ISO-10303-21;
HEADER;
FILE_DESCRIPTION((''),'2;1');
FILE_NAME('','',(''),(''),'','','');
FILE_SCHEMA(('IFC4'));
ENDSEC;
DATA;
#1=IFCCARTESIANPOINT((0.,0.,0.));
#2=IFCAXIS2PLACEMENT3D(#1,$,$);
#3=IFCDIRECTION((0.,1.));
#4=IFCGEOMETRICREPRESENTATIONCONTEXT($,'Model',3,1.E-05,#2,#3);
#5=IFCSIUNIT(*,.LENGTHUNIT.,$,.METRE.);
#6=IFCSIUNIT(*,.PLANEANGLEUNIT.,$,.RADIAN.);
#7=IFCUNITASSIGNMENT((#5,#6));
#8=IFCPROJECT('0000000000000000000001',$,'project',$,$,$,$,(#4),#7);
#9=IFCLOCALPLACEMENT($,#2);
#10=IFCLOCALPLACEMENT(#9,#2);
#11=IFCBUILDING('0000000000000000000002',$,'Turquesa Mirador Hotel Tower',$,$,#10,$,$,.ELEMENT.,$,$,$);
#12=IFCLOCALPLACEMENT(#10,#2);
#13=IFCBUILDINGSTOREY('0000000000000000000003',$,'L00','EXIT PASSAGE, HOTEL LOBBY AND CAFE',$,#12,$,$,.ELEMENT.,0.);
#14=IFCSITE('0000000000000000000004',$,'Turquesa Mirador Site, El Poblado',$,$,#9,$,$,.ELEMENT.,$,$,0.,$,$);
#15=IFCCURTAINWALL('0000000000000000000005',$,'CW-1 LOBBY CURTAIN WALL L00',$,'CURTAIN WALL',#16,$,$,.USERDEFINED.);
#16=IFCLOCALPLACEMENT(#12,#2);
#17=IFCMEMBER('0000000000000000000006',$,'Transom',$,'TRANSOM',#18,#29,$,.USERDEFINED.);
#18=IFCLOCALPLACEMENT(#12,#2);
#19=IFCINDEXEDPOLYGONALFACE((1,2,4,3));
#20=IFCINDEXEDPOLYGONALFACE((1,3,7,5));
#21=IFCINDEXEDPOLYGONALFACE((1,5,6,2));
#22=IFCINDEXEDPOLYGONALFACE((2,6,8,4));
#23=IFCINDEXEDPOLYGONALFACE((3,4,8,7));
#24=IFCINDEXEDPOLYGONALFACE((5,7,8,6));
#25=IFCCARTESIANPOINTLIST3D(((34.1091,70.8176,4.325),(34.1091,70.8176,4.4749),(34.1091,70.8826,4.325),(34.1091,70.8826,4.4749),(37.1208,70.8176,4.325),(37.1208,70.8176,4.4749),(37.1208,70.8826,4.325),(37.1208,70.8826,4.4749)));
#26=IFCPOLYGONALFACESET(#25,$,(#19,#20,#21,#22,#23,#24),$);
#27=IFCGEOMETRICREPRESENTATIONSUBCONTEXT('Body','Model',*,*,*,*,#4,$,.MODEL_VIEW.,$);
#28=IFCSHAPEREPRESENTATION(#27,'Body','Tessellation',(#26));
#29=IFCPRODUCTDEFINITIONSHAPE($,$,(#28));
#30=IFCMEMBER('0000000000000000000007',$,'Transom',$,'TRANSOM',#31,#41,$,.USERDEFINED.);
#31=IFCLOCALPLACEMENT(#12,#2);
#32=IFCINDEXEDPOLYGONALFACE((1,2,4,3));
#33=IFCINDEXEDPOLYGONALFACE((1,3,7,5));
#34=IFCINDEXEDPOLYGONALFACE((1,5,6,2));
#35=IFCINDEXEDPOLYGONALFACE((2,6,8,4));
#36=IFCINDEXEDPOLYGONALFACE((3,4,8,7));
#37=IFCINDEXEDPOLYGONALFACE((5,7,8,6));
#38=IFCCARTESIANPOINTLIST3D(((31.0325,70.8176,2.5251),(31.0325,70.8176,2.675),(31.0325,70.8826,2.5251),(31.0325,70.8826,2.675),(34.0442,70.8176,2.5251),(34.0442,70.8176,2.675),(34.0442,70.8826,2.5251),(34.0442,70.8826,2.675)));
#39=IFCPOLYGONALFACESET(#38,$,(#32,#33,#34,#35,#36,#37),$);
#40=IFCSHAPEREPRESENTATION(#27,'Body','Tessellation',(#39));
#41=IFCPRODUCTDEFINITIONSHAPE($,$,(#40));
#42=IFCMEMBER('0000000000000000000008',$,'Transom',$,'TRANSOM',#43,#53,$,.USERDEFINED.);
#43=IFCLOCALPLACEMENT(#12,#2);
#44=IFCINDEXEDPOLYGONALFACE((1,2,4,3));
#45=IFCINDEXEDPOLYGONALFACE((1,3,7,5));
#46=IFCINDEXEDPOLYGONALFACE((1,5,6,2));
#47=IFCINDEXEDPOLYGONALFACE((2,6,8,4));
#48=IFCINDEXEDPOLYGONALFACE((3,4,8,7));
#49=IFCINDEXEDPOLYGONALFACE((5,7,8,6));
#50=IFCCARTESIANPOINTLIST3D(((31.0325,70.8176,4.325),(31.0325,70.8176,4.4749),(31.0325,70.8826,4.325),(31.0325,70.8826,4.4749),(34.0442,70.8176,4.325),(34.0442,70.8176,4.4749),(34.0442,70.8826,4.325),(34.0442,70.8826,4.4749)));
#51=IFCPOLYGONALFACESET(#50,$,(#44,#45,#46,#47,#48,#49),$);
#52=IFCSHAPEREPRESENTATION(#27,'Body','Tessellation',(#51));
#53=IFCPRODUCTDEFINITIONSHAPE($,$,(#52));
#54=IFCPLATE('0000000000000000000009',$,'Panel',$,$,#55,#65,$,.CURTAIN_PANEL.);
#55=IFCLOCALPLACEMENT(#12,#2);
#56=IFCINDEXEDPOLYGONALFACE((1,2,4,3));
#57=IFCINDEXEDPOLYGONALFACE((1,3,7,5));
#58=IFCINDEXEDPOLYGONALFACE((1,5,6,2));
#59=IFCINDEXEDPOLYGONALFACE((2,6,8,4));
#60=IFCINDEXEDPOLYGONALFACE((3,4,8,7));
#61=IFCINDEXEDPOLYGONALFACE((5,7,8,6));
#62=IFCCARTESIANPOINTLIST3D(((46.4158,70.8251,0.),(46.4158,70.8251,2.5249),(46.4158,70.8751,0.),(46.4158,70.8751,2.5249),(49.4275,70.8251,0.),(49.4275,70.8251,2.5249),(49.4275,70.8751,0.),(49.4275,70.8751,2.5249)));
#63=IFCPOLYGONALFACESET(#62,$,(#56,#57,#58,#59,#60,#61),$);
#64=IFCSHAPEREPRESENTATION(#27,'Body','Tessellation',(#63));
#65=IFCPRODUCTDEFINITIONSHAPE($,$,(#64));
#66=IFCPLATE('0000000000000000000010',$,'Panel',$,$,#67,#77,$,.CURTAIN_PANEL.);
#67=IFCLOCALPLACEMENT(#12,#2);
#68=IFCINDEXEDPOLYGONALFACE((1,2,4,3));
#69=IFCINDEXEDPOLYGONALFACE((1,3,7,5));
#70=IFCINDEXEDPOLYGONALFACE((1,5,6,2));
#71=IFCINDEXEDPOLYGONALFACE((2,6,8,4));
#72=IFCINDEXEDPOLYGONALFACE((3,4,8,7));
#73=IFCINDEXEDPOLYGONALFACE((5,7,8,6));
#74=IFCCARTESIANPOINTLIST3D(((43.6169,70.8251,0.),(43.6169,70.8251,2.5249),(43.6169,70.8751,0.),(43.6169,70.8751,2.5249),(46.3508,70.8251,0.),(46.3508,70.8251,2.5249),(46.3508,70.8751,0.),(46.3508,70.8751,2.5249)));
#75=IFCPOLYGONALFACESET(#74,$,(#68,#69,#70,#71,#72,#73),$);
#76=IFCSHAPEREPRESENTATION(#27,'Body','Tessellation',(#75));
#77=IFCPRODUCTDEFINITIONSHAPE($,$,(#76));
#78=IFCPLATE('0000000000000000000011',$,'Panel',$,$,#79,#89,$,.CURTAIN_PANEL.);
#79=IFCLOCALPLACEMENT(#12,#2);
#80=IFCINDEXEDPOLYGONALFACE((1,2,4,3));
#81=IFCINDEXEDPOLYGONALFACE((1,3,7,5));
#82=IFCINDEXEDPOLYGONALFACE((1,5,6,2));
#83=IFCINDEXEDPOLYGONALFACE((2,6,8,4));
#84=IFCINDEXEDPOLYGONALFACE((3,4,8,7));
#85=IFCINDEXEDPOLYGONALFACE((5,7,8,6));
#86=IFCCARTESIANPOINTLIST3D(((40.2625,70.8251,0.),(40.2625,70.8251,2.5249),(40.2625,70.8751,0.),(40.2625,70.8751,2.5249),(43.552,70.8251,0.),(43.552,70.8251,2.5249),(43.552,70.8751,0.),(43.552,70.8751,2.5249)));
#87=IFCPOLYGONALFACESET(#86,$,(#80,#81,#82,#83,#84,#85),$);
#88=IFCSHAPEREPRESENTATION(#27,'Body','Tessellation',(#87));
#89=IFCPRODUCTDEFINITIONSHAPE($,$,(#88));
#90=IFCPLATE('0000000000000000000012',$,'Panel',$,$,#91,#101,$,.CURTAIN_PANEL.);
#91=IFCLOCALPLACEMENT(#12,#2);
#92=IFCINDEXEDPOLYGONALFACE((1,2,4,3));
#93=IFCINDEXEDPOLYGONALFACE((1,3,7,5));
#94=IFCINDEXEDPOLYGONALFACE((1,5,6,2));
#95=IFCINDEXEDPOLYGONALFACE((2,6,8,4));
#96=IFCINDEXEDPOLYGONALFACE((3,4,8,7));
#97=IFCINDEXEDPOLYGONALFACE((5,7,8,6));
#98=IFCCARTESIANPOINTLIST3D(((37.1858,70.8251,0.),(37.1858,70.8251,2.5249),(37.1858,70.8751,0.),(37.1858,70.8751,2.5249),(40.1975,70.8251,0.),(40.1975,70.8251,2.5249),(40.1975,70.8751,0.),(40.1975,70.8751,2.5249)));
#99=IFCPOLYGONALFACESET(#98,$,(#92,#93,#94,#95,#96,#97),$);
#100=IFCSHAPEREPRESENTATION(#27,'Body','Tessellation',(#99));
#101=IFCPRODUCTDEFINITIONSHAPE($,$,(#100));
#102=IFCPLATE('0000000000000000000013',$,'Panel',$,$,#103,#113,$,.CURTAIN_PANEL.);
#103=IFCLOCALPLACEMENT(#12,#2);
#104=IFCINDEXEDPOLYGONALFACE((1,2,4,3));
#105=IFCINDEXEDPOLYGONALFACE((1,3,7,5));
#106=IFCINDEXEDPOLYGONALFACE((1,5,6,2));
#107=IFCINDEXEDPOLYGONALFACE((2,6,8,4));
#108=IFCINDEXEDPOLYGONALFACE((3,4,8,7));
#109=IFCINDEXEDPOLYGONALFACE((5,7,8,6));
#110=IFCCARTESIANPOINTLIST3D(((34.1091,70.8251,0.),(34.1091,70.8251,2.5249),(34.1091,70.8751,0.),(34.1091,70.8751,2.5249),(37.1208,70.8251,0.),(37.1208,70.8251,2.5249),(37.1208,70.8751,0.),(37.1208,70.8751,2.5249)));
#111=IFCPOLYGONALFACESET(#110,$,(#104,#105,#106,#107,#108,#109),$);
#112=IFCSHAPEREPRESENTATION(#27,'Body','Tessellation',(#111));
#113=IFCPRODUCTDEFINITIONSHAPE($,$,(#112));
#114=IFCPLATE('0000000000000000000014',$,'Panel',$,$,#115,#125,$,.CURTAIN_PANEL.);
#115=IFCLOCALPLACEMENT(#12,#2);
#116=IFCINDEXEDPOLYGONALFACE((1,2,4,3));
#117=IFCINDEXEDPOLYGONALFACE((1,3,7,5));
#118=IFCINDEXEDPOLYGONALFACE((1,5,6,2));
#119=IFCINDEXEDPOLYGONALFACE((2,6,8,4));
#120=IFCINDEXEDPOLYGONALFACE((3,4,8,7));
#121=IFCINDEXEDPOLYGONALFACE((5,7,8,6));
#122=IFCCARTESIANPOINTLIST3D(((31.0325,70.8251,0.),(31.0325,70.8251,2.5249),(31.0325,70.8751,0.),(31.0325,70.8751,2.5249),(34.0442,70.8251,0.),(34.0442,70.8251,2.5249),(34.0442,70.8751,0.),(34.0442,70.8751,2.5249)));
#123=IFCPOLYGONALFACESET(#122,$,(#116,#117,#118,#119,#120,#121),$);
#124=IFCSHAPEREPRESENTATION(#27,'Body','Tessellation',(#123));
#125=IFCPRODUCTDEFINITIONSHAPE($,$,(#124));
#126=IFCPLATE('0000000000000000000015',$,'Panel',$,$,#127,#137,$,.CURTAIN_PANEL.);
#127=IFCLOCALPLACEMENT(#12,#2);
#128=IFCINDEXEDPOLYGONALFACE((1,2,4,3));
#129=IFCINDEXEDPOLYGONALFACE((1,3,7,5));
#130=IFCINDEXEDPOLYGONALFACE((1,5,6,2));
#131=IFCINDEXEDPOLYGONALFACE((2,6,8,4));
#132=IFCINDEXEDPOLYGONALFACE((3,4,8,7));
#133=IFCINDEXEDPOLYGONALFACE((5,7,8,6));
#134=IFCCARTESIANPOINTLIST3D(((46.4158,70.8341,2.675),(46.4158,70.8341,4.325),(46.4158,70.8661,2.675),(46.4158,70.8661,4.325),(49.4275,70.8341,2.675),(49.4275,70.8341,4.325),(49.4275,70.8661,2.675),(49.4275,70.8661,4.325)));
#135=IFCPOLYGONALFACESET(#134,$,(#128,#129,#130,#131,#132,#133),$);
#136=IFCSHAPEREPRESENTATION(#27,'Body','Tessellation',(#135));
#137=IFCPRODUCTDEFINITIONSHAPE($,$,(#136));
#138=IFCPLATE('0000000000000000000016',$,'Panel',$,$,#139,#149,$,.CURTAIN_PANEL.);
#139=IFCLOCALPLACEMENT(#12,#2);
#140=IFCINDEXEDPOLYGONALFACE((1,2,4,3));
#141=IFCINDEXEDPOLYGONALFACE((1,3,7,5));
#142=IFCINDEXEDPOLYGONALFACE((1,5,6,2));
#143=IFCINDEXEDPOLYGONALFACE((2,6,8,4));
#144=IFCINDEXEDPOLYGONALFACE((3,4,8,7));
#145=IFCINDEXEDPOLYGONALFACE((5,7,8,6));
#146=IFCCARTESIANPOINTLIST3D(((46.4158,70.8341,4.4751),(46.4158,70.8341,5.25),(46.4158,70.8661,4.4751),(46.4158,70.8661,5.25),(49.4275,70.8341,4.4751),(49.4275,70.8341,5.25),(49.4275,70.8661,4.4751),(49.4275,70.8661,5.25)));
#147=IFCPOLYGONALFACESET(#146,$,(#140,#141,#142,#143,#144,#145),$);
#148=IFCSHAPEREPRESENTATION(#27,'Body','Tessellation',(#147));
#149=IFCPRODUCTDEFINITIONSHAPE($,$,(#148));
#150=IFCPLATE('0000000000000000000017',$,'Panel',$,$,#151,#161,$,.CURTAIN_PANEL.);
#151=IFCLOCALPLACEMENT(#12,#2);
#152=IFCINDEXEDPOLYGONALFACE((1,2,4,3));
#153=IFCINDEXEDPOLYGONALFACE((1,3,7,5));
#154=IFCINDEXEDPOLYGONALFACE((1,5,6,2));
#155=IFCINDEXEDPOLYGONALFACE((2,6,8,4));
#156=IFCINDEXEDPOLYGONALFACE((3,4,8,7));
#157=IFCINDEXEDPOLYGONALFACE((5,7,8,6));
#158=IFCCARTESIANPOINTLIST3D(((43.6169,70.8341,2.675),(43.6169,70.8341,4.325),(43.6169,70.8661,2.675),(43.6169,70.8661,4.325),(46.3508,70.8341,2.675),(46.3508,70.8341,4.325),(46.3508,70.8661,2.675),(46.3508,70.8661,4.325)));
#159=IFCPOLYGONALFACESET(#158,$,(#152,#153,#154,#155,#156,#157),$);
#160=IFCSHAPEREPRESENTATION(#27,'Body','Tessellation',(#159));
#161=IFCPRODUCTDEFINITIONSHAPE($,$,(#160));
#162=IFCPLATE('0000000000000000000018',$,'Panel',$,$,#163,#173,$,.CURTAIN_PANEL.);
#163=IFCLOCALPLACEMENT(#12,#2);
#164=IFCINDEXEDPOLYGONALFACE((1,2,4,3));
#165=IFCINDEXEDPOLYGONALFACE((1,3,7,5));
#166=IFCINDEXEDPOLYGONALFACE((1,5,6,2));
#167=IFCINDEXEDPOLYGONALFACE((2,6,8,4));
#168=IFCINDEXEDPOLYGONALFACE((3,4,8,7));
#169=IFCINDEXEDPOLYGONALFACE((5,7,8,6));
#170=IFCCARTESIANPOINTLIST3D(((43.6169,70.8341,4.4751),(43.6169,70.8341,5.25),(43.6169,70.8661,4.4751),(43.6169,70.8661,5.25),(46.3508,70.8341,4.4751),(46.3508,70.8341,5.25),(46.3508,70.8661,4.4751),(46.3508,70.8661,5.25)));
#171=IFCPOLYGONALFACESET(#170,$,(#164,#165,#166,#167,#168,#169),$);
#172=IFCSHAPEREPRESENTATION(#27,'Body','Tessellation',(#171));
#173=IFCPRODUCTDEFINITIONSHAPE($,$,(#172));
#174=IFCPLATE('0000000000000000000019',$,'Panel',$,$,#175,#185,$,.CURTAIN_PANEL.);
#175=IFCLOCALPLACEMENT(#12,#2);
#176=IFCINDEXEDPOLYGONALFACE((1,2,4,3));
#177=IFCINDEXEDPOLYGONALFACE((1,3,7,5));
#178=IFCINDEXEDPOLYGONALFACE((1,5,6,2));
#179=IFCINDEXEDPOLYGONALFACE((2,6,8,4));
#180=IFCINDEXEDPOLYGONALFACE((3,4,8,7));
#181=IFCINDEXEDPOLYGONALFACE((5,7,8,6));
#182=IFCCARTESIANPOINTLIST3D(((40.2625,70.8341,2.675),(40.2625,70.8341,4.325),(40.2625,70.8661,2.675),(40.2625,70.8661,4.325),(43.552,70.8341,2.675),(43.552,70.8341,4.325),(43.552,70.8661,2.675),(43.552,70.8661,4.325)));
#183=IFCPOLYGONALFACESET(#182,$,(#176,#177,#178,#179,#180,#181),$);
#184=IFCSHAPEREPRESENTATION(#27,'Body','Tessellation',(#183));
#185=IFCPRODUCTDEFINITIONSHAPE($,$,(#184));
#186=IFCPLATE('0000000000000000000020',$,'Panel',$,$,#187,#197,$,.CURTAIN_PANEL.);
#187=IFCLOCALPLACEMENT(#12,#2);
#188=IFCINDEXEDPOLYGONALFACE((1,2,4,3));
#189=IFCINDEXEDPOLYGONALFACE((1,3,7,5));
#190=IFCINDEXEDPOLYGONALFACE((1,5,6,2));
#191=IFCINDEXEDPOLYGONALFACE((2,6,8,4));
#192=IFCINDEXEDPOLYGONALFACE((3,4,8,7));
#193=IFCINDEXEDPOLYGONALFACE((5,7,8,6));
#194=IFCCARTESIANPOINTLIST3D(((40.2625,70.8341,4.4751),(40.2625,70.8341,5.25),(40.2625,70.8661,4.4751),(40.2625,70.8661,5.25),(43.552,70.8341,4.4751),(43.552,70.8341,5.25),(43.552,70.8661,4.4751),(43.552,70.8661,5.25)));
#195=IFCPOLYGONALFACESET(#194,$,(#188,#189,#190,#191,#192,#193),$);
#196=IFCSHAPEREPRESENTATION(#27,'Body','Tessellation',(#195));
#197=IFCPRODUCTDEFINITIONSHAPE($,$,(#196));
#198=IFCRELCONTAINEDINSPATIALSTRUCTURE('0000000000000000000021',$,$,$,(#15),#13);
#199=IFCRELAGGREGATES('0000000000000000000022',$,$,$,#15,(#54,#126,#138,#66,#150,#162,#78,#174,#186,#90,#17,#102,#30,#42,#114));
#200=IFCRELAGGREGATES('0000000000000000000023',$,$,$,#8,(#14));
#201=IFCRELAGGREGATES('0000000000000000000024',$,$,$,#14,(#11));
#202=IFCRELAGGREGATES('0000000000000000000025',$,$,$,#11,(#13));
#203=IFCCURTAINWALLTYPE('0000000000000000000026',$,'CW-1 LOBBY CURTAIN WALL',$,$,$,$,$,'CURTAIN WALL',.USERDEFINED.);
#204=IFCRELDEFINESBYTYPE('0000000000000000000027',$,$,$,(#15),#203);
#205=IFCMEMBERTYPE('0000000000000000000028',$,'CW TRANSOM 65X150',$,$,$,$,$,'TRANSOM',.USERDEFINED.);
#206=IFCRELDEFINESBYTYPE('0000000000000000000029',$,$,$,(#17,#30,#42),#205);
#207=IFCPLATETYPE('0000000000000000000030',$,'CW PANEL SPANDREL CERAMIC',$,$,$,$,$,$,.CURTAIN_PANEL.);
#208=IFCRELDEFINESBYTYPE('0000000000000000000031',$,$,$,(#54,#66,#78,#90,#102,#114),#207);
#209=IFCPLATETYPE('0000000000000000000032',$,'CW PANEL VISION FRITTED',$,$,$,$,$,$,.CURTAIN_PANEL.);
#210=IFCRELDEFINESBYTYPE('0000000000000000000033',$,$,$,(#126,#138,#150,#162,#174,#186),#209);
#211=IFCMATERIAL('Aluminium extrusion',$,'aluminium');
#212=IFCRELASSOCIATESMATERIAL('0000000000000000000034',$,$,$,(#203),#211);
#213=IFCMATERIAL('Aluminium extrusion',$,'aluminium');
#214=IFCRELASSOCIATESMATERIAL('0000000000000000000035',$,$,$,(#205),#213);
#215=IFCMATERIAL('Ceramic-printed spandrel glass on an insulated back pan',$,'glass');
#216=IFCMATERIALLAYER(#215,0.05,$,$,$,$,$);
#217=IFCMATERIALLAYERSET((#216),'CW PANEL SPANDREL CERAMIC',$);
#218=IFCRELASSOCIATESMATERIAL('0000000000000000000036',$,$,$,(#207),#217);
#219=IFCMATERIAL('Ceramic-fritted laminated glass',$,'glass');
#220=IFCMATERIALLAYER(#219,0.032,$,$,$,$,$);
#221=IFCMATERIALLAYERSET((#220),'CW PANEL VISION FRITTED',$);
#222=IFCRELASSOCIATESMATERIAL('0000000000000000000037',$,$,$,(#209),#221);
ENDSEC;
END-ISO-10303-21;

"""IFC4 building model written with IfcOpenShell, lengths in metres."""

from ifc_helpers import new_model, si_unit, direction, frame, origin, origin_2d, place, context, subcontext, project, spatial, rectangle, extrude, material, layer, layer_set, material_profile, profile_set, type_object, element, aggregate, save


model = new_model("IFC4")

# Units and contexts
model_context = context("Model", 3, precision=1e-05, world=origin(), true_north=direction((0.0, 1.0)))
body_context = subcontext(model_context, "Body", "Model", "MODEL_VIEW")
ifc_project = project(units=[si_unit("LENGTHUNIT", "METRE"), si_unit("PLANEANGLEUNIT", "RADIAN")], contexts=[model_context])

# Site, building, storey
site_placement = place(None, origin())
site = spatial("IfcSite", under=ifc_project, at=site_placement, Name="Turquesa Mirador Site, El Poblado", CompositionType="ELEMENT", RefElevation=0.0)
building_placement = place(site_placement, origin())
building = spatial("IfcBuilding", under=site, at=building_placement, Name="Turquesa Mirador Hotel Tower", CompositionType="ELEMENT")
storey_placement = place(building_placement, origin())
storey = spatial("IfcBuildingStorey", under=building, at=storey_placement, Name="L00", Description="EXIT PASSAGE, HOTEL LOBBY AND CAFE", CompositionType="ELEMENT", Elevation=0.0)

# Curtain wall, members, plates
ifc_material_1 = material(Name="Aluminium extrusion", Category="aluminium")
curtain_wall_type = type_object("IfcCurtainWallType", Name="CW-1 LOBBY CURTAIN WALL", ElementType="CURTAIN WALL", PredefinedType="USERDEFINED", material=ifc_material_1)
curtain_wall_placement = place(storey_placement, origin())
curtain_wall = element("IfcCurtainWall", 1, at=curtain_wall_placement, inside=storey, type_object=curtain_wall_type, Name="CW-1 LOBBY CURTAIN WALL L00", ObjectType="CURTAIN WALL", PredefinedType="USERDEFINED")
ifc_material_2 = material(Name="Aluminium extrusion", Category="aluminium")
ifc_material_profile_1 = material_profile(ifc_material_2, rectangle(XDim=0.0649, YDim=0.1499, at=origin_2d()), Name="TRANSOM 65X150")
ifc_profile_set_1 = profile_set([ifc_material_profile_1], Name="Aluminium extrusion")
member_type_1 = type_object("IfcMemberType", Name="CW TRANSOM 65X150", ElementType="TRANSOM", PredefinedType="USERDEFINED", material=ifc_profile_set_1)
member_1_placement = place(storey_placement, frame((37.1208, 70.8501, 4.3999), z_axis=(-1.0, 0.0, 0.0), x_axis=(0.0, -1.0, 0.0)))
member_1 = element("IfcMember", 2, at=member_1_placement, type_object=member_type_1, Name="Transom", ObjectType="TRANSOM", PredefinedType="USERDEFINED", context=body_context, shape_type="SweptSolid", body=[
    extrude(rectangle(XDim=0.0649, YDim=0.1499, at=origin_2d()), origin(), (0.0, 0.0, 1.0), 3.0117),
])
member_2_placement = place(storey_placement, frame((34.0442, 70.8501, 2.6001), z_axis=(-1.0, 0.0, 0.0), x_axis=(0.0, -1.0, 0.0)))
member_2 = element("IfcMember", 3, at=member_2_placement, type_object=member_type_1, Name="Transom", ObjectType="TRANSOM", PredefinedType="USERDEFINED", context=body_context, shape_type="SweptSolid", body=[
    extrude(rectangle(XDim=0.0649, YDim=0.1499, at=origin_2d()), origin(), (0.0, 0.0, 1.0), 3.0117),
])
member_3_placement = place(storey_placement, frame((34.0442, 70.8501, 4.3999), z_axis=(-1.0, 0.0, 0.0), x_axis=(0.0, -1.0, 0.0)))
member_3 = element("IfcMember", 4, at=member_3_placement, type_object=member_type_1, Name="Transom", ObjectType="TRANSOM", PredefinedType="USERDEFINED", context=body_context, shape_type="SweptSolid", body=[
    extrude(rectangle(XDim=0.0649, YDim=0.1499, at=origin_2d()), origin(), (0.0, 0.0, 1.0), 3.0117),
])
ifc_material_3 = material(Name="Ceramic-printed spandrel glass on an insulated back pan", Category="glass")
ifc_layer_1 = layer(ifc_material_3, 0.05)
ifc_layer_set_1 = layer_set([ifc_layer_1], Name="CW PANEL SPANDREL CERAMIC")
plate_type_1 = type_object("IfcPlateType", Name="CW PANEL SPANDREL CERAMIC", PredefinedType="CURTAIN_PANEL", material=ifc_layer_set_1)
plate_1_placement = place(storey_placement, frame((47.9216, 70.8501, 0.0), z_axis=(0.0, 0.0, 1.0), x_axis=(-1.0, 0.0, 0.0)))
plate_1 = element("IfcPlate", 5, at=plate_1_placement, type_object=plate_type_1, Name="Panel", PredefinedType="CURTAIN_PANEL", context=body_context, shape_type="SweptSolid", body=[
    extrude(rectangle(XDim=3.0117, YDim=0.05, at=origin_2d()), origin(), (0.0, 0.0, 1.0), 2.5249),
])
plate_2_placement = place(storey_placement, frame((44.9839, 70.8501, 0.0), z_axis=(0.0, 0.0, 1.0), x_axis=(-1.0, 0.0, 0.0)))
plate_2 = element("IfcPlate", 6, at=plate_2_placement, type_object=plate_type_1, Name="Panel", PredefinedType="CURTAIN_PANEL", context=body_context, shape_type="SweptSolid", body=[
    extrude(rectangle(XDim=2.7339, YDim=0.05, at=origin_2d()), origin(), (0.0, 0.0, 1.0), 2.5249),
])
plate_3_placement = place(storey_placement, frame((41.9072, 70.8501, 0.0), z_axis=(0.0, 0.0, 1.0), x_axis=(-1.0, 0.0, 0.0)))
plate_3 = element("IfcPlate", 7, at=plate_3_placement, type_object=plate_type_1, Name="Panel", PredefinedType="CURTAIN_PANEL", context=body_context, shape_type="SweptSolid", body=[
    extrude(rectangle(XDim=3.2896, YDim=0.05, at=origin_2d()), origin(), (0.0, 0.0, 1.0), 2.5249),
])
plate_4_placement = place(storey_placement, frame((38.6917, 70.8501, 0.0), z_axis=(0.0, 0.0, 1.0), x_axis=(-1.0, 0.0, 0.0)))
plate_4 = element("IfcPlate", 8, at=plate_4_placement, type_object=plate_type_1, Name="Panel", PredefinedType="CURTAIN_PANEL", context=body_context, shape_type="SweptSolid", body=[
    extrude(rectangle(XDim=3.0117, YDim=0.05, at=origin_2d()), origin(), (0.0, 0.0, 1.0), 2.5249),
])
plate_5_placement = place(storey_placement, frame((35.615, 70.8501, 0.0), z_axis=(0.0, 0.0, 1.0), x_axis=(-1.0, 0.0, 0.0)))
plate_5 = element("IfcPlate", 9, at=plate_5_placement, type_object=plate_type_1, Name="Panel", PredefinedType="CURTAIN_PANEL", context=body_context, shape_type="SweptSolid", body=[
    extrude(rectangle(XDim=3.0117, YDim=0.05, at=origin_2d()), origin(), (0.0, 0.0, 1.0), 2.5249),
])
plate_6_placement = place(storey_placement, frame((32.5383, 70.8501, 0.0), z_axis=(0.0, 0.0, 1.0), x_axis=(-1.0, 0.0, 0.0)))
plate_6 = element("IfcPlate", 10, at=plate_6_placement, type_object=plate_type_1, Name="Panel", PredefinedType="CURTAIN_PANEL", context=body_context, shape_type="SweptSolid", body=[
    extrude(rectangle(XDim=3.0117, YDim=0.05, at=origin_2d()), origin(), (0.0, 0.0, 1.0), 2.5249),
])
ifc_material_4 = material(Name="Ceramic-fritted laminated glass", Category="glass")
ifc_layer_2 = layer(ifc_material_4, 0.032)
ifc_layer_set_2 = layer_set([ifc_layer_2], Name="CW PANEL VISION FRITTED")
plate_type_2 = type_object("IfcPlateType", Name="CW PANEL VISION FRITTED", PredefinedType="CURTAIN_PANEL", material=ifc_layer_set_2)
plate_7_placement = place(storey_placement, frame((47.9216, 70.8501, 2.675), z_axis=(0.0, 0.0, 1.0), x_axis=(-1.0, 0.0, 0.0)))
plate_7 = element("IfcPlate", 11, at=plate_7_placement, type_object=plate_type_2, Name="Panel", PredefinedType="CURTAIN_PANEL", context=body_context, shape_type="SweptSolid", body=[
    extrude(rectangle(XDim=3.0117, YDim=0.032, at=origin_2d()), origin(), (0.0, 0.0, 1.0), 1.6499),
])
plate_8_placement = place(storey_placement, frame((47.9216, 70.8501, 4.4751), z_axis=(0.0, 0.0, 1.0), x_axis=(-1.0, 0.0, 0.0)))
plate_8 = element("IfcPlate", 12, at=plate_8_placement, type_object=plate_type_2, Name="Panel", PredefinedType="CURTAIN_PANEL", context=body_context, shape_type="SweptSolid", body=[
    extrude(rectangle(XDim=3.0117, YDim=0.032, at=origin_2d()), origin(), (0.0, 0.0, 1.0), 0.7749),
])
plate_9_placement = place(storey_placement, frame((44.9839, 70.8501, 2.675), z_axis=(0.0, 0.0, 1.0), x_axis=(-1.0, 0.0, 0.0)))
plate_9 = element("IfcPlate", 13, at=plate_9_placement, type_object=plate_type_2, Name="Panel", PredefinedType="CURTAIN_PANEL", context=body_context, shape_type="SweptSolid", body=[
    extrude(rectangle(XDim=2.7339, YDim=0.032, at=origin_2d()), origin(), (0.0, 0.0, 1.0), 1.6499),
])
plate_10_placement = place(storey_placement, frame((44.9839, 70.8501, 4.4751), z_axis=(0.0, 0.0, 1.0), x_axis=(-1.0, 0.0, 0.0)))
plate_10 = element("IfcPlate", 14, at=plate_10_placement, type_object=plate_type_2, Name="Panel", PredefinedType="CURTAIN_PANEL", context=body_context, shape_type="SweptSolid", body=[
    extrude(rectangle(XDim=2.7339, YDim=0.032, at=origin_2d()), origin(), (0.0, 0.0, 1.0), 0.7749),
])
plate_11_placement = place(storey_placement, frame((41.9072, 70.8501, 2.675), z_axis=(0.0, 0.0, 1.0), x_axis=(-1.0, 0.0, 0.0)))
plate_11 = element("IfcPlate", 15, at=plate_11_placement, type_object=plate_type_2, Name="Panel", PredefinedType="CURTAIN_PANEL", context=body_context, shape_type="SweptSolid", body=[
    extrude(rectangle(XDim=3.2896, YDim=0.032, at=origin_2d()), origin(), (0.0, 0.0, 1.0), 1.6499),
])
plate_12_placement = place(storey_placement, frame((41.9072, 70.8501, 4.4751), z_axis=(0.0, 0.0, 1.0), x_axis=(-1.0, 0.0, 0.0)))
plate_12 = element("IfcPlate", 16, at=plate_12_placement, type_object=plate_type_2, Name="Panel", PredefinedType="CURTAIN_PANEL", context=body_context, shape_type="SweptSolid", body=[
    extrude(rectangle(XDim=3.2896, YDim=0.032, at=origin_2d()), origin(), (0.0, 0.0, 1.0), 0.7749),
])
aggregate(curtain_wall, [plate_1, plate_7, plate_8, plate_2, plate_9, plate_10, plate_3, plate_11, plate_12, plate_4, member_1, plate_5, member_2, member_3, plate_6])

save(model, "model.ifc")
